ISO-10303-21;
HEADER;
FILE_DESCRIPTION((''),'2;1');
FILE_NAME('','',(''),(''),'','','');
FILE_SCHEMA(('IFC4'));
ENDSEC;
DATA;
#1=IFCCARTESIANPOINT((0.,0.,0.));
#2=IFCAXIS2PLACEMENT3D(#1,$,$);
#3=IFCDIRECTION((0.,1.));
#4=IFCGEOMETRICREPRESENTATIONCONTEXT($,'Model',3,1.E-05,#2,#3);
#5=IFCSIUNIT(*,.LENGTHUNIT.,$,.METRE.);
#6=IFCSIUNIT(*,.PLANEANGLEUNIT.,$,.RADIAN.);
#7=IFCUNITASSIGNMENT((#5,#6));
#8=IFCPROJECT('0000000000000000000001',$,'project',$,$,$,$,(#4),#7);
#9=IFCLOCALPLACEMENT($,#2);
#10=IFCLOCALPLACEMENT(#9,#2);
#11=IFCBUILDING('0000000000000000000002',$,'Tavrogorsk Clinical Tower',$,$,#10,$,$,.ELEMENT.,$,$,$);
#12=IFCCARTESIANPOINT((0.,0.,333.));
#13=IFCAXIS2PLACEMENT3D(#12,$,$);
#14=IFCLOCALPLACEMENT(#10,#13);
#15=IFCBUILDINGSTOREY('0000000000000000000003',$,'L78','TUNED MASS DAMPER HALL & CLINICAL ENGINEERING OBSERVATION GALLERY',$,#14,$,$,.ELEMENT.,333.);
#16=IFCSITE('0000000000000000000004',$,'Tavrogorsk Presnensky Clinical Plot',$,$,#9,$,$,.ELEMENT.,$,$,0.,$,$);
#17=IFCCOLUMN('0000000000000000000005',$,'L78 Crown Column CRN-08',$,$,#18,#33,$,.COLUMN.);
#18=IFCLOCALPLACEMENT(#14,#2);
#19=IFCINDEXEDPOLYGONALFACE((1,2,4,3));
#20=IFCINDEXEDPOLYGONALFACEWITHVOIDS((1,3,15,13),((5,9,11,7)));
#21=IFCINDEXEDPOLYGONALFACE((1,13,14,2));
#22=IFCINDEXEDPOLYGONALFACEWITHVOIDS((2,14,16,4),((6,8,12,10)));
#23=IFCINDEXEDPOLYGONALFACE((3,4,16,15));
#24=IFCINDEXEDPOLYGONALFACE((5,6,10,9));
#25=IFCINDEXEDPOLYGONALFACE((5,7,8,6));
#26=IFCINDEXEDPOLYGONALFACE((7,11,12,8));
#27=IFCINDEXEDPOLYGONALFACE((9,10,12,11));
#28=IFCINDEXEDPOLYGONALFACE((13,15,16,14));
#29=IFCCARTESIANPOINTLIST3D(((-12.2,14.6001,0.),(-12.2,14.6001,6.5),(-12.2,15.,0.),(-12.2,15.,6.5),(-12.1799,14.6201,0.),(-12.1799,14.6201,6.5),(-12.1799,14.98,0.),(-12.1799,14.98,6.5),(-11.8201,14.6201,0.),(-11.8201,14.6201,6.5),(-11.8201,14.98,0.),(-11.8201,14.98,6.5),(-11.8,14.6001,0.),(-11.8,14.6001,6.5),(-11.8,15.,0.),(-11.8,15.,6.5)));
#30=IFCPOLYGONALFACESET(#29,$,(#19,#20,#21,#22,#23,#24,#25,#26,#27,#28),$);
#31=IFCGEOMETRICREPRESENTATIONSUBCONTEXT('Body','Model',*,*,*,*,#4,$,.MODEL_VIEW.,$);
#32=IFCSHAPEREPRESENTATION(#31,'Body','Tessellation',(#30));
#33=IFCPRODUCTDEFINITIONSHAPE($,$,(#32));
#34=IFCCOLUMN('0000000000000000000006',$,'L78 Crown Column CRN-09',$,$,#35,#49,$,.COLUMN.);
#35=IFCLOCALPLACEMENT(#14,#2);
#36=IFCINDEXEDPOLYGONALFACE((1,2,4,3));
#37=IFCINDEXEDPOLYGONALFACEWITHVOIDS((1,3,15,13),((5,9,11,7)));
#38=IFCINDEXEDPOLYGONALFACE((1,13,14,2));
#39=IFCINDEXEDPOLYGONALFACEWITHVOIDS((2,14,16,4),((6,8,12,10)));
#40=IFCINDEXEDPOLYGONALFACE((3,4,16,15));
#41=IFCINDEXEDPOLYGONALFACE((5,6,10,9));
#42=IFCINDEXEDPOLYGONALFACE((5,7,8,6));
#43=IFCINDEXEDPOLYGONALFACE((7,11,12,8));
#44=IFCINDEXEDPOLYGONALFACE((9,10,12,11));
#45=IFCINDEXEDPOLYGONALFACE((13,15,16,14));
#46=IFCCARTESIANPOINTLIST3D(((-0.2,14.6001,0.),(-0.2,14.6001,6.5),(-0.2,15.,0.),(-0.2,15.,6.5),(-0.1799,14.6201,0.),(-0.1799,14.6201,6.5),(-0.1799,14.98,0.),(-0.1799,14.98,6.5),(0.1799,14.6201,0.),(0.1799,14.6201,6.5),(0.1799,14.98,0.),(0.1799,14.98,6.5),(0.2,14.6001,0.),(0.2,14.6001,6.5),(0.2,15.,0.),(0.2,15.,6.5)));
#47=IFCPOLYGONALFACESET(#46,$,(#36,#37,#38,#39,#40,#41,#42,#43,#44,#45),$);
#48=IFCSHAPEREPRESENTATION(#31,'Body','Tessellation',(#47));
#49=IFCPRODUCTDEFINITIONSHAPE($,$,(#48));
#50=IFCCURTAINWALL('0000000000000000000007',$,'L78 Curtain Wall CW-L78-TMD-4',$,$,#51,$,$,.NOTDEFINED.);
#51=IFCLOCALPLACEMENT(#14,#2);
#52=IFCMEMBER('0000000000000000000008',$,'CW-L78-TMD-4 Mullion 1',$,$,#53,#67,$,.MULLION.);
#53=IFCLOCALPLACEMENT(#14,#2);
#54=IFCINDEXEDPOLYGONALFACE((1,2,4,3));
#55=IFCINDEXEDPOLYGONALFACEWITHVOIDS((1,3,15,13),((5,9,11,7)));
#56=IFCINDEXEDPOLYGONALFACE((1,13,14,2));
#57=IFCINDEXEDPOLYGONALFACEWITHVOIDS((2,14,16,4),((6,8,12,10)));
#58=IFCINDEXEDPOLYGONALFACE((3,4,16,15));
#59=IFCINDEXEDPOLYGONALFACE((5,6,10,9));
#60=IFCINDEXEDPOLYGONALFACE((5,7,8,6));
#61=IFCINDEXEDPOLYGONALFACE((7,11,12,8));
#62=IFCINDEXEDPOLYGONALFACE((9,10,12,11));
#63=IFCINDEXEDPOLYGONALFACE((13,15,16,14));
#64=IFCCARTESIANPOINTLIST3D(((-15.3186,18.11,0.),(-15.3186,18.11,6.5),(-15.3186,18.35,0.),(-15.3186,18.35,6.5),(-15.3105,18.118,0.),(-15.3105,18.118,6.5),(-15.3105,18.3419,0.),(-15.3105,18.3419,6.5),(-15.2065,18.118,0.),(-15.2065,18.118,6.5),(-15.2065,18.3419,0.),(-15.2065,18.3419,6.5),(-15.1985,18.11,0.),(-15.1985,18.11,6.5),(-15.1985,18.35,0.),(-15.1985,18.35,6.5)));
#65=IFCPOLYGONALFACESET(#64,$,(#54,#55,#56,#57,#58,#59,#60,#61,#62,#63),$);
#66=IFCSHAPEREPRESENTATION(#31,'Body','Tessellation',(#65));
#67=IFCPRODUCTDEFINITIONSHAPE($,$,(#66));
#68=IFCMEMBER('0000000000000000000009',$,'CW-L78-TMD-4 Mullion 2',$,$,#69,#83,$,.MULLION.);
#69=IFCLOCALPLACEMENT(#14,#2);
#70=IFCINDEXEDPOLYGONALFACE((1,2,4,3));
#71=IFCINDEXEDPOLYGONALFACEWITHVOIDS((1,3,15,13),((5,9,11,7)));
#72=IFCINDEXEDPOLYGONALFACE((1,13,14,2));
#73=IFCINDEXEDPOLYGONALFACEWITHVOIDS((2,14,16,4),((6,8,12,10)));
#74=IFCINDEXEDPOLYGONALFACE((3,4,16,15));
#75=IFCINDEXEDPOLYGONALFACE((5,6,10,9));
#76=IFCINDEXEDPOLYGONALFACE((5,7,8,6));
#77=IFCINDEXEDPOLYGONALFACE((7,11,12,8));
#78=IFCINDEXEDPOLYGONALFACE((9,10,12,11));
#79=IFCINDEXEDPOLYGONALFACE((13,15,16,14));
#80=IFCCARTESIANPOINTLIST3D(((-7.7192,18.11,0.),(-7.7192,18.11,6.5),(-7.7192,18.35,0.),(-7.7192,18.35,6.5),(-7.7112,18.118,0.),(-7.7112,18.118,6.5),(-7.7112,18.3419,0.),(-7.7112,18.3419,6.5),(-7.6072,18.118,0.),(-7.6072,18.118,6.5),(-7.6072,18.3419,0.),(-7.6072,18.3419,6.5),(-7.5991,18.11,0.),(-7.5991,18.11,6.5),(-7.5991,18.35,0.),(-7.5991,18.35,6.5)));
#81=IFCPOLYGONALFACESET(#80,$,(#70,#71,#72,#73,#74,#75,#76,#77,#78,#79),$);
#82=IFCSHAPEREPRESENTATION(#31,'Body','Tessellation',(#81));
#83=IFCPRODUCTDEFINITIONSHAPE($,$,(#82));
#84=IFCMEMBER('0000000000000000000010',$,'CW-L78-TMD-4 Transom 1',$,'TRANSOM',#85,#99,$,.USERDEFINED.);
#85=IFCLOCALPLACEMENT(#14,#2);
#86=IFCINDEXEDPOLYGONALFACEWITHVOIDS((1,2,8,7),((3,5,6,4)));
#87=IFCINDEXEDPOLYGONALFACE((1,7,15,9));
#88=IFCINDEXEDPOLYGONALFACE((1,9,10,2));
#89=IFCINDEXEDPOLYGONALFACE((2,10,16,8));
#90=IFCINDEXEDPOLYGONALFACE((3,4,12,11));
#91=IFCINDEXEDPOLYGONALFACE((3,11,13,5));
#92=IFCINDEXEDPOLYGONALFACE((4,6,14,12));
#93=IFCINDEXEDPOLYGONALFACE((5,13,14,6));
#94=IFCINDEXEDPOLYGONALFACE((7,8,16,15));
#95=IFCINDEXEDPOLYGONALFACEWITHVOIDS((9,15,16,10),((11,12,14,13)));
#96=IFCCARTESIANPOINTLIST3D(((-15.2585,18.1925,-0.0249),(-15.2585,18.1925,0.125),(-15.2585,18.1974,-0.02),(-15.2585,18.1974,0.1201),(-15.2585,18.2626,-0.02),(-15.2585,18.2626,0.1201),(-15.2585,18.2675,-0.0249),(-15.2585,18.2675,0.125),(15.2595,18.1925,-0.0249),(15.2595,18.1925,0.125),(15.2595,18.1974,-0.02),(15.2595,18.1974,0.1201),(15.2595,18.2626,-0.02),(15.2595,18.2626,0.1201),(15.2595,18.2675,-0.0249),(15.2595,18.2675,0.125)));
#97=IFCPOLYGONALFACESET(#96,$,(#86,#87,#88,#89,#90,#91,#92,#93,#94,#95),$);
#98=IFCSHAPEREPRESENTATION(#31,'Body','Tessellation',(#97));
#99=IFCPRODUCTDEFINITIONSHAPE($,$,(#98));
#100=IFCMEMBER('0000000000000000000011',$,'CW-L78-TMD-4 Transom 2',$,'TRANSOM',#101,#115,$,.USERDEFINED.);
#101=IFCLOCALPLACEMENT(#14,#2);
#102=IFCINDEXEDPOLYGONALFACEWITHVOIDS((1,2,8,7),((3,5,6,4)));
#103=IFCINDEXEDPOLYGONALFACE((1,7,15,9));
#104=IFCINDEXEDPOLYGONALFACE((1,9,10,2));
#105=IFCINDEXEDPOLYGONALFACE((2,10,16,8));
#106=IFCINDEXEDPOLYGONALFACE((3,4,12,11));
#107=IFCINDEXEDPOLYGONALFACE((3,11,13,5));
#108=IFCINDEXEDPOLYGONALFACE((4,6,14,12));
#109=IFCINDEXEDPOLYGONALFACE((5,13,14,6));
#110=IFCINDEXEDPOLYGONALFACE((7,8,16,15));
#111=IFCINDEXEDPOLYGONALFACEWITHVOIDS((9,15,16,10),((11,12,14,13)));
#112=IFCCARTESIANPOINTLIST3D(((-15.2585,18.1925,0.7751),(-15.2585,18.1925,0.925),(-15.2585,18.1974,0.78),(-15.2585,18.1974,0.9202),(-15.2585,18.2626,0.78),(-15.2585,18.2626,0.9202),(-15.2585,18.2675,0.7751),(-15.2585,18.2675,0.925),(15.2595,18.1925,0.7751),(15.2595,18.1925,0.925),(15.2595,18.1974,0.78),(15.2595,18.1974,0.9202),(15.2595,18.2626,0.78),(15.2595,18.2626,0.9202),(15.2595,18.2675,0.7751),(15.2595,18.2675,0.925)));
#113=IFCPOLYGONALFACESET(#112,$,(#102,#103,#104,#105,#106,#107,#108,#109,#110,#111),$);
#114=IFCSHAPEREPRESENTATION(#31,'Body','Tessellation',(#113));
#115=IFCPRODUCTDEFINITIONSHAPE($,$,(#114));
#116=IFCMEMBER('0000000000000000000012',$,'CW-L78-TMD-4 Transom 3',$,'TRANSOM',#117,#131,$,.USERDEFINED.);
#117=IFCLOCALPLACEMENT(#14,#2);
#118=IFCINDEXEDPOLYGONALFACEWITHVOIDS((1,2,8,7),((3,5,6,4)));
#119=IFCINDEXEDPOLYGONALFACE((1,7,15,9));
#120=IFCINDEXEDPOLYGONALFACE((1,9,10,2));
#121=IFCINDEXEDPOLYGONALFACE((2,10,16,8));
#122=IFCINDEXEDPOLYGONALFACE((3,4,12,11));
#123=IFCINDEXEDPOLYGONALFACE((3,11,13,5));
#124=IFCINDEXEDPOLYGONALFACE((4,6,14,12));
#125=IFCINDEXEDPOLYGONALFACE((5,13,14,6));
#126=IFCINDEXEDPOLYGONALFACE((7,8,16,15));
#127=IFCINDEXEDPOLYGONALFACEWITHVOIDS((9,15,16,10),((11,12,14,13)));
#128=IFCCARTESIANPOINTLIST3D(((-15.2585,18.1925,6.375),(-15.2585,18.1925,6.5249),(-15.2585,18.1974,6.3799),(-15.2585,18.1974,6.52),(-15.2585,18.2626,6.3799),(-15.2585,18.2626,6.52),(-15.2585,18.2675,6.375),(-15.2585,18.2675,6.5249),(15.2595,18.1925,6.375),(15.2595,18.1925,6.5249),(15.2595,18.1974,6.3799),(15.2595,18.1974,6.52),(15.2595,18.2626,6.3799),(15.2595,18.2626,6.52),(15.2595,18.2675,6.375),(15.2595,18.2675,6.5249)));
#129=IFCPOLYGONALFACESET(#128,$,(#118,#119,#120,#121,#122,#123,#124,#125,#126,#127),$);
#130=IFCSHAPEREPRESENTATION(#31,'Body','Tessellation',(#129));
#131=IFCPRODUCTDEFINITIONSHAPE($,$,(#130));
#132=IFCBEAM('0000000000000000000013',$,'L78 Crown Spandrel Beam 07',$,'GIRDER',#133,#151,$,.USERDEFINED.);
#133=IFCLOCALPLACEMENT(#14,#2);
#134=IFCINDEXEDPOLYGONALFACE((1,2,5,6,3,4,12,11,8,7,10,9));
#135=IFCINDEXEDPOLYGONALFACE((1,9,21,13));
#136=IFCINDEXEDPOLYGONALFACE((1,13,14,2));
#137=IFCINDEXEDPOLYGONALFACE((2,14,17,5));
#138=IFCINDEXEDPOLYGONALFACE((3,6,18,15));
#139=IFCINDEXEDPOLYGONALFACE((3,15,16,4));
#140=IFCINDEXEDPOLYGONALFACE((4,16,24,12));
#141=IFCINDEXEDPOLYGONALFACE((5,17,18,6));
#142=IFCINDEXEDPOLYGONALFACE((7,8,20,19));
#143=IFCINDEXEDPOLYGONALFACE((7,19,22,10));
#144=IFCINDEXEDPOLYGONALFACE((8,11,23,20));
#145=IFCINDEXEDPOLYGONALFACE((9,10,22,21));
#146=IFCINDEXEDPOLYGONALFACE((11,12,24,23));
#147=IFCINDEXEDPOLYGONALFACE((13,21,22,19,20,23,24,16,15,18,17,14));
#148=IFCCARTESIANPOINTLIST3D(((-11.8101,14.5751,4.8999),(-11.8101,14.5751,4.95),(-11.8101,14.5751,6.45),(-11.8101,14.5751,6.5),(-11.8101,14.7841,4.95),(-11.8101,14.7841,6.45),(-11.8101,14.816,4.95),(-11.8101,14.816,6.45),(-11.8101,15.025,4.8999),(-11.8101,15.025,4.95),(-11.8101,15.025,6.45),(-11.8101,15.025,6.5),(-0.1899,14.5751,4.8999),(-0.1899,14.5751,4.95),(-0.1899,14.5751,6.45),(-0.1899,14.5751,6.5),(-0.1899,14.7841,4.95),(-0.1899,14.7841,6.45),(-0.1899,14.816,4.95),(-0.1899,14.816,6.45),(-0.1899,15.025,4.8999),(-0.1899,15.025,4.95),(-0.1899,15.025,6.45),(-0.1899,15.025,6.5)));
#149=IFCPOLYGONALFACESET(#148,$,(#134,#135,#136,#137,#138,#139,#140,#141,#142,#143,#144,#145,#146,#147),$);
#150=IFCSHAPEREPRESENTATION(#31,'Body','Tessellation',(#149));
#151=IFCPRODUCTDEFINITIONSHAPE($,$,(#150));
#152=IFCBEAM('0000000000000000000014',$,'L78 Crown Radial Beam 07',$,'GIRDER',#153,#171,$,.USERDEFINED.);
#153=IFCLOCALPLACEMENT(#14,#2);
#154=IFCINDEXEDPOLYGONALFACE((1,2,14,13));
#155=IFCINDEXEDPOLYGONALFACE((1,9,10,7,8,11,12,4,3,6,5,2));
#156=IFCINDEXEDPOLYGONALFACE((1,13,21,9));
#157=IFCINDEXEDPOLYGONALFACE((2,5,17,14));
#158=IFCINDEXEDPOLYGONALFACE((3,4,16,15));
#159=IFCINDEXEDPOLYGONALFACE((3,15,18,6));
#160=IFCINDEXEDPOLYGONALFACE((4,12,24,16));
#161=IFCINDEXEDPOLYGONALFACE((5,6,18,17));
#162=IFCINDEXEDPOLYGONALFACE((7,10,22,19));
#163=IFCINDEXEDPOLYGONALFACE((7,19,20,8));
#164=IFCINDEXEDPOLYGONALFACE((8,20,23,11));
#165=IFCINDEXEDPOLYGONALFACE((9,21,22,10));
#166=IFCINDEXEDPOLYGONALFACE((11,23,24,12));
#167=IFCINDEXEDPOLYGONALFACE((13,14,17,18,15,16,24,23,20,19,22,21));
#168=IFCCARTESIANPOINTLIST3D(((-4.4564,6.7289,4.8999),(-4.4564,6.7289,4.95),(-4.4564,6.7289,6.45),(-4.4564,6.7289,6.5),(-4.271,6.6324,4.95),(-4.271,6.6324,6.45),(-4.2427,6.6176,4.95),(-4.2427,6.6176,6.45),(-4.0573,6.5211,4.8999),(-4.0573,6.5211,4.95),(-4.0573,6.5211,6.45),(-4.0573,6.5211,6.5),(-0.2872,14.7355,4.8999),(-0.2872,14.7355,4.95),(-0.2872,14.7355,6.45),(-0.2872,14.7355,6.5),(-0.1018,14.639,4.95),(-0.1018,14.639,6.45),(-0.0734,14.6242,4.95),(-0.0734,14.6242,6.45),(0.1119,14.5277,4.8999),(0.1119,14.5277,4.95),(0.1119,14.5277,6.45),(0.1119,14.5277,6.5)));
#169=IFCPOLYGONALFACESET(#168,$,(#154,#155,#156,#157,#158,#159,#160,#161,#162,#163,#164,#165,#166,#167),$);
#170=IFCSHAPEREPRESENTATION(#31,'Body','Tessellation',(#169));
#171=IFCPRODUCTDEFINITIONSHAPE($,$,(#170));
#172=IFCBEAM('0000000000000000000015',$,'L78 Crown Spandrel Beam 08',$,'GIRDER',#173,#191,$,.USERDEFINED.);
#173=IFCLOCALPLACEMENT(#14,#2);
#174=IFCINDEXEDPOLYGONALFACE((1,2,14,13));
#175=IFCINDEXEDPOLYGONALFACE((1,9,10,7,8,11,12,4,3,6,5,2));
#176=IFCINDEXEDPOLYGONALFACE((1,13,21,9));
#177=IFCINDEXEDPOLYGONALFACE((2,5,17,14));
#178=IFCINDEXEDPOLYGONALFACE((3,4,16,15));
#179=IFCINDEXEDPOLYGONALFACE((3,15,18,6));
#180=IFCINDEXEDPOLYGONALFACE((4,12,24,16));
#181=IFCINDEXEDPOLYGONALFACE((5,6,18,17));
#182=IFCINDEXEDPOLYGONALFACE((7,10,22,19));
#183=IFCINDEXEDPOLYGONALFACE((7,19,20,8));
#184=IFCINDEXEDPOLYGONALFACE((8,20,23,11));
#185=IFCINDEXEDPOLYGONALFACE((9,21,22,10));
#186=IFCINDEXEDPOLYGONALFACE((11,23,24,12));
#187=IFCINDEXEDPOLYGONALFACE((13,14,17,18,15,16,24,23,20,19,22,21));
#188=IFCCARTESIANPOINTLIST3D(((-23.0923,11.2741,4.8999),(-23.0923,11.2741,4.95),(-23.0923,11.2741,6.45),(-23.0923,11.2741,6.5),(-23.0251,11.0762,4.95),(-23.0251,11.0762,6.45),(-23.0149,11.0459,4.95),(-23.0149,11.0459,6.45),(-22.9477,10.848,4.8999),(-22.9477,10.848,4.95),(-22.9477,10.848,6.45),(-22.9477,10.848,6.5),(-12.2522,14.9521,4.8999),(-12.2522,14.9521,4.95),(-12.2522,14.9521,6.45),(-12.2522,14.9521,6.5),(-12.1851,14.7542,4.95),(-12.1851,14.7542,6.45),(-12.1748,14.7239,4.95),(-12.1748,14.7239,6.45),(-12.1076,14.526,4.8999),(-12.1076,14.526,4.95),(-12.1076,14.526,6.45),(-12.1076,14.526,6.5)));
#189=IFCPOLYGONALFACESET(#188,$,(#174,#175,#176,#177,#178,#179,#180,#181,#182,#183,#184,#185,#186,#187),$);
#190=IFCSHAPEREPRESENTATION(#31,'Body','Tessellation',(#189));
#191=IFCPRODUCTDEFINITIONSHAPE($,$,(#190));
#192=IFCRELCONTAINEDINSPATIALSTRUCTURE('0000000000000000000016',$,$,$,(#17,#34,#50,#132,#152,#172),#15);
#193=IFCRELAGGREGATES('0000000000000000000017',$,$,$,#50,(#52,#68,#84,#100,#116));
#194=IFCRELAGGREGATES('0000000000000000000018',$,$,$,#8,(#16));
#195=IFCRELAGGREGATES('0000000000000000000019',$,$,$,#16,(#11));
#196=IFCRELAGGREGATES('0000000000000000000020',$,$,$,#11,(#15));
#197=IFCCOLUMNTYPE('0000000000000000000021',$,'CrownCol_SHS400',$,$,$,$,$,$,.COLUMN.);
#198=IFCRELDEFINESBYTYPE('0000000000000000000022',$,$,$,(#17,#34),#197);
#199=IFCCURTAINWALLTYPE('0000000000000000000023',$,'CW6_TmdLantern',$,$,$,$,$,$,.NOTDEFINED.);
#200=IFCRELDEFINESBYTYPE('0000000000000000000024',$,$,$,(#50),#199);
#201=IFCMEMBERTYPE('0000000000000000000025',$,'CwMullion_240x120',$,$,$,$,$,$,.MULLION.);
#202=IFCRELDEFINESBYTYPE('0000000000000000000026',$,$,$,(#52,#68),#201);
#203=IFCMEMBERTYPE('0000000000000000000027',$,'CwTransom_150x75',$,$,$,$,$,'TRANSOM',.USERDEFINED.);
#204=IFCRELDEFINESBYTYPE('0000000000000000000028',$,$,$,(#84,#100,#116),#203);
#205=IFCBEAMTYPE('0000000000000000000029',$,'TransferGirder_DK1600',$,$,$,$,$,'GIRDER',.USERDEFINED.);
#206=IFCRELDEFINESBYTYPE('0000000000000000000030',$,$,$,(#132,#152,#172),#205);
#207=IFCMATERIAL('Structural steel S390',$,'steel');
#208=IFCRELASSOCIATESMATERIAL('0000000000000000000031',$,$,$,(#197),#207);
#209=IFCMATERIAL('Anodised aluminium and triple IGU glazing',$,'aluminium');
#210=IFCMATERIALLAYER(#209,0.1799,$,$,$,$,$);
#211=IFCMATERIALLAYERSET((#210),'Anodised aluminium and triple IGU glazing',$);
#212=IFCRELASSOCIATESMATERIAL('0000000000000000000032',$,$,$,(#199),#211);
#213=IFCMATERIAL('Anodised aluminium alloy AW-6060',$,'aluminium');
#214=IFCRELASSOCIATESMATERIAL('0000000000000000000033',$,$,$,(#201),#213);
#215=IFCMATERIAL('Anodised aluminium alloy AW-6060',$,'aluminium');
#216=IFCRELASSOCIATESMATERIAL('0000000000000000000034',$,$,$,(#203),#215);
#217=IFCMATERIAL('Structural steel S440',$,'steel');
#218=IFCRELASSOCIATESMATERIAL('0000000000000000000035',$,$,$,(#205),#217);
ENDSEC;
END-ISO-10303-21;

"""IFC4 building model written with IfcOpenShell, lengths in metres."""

from ifc_helpers import new_model, si_unit, direction, frame, origin, origin_2d, place, context, subcontext, project, spatial, hollow_rectangle, i_section, extrude, material, layer, layer_set, material_profile, profile_set, type_object, element, aggregate, save


model = new_model("IFC4")

# Units and contexts
model_context = context("Model", 3, precision=1e-05, world=origin(), true_north=direction((0.0, 1.0)))
body_context = subcontext(model_context, "Body", "Model", "MODEL_VIEW")
ifc_project = project(units=[si_unit("LENGTHUNIT", "METRE"), si_unit("PLANEANGLEUNIT", "RADIAN")], contexts=[model_context])

# Site, building, storey
site_placement = place(None, origin())
site = spatial("IfcSite", under=ifc_project, at=site_placement, Name="Tavrogorsk Presnensky Clinical Plot", CompositionType="ELEMENT", RefElevation=0.0)
building_placement = place(site_placement, origin())
building = spatial("IfcBuilding", under=site, at=building_placement, Name="Tavrogorsk Clinical Tower", CompositionType="ELEMENT")
storey_placement = place(building_placement, frame((0.0, 0.0, 333.0)))
storey = spatial("IfcBuildingStorey", under=building, at=storey_placement, Name="L78", Description="TUNED MASS DAMPER HALL & CLINICAL ENGINEERING OBSERVATION GALLERY", CompositionType="ELEMENT", Elevation=333.0)

# Columns
ifc_material_1 = material(Name="Structural steel S390", Category="steel")
ifc_material_profile_1 = material_profile(ifc_material_1, hollow_rectangle(XDim=0.3999, YDim=0.3999, WallThickness=0.02, at=origin_2d()), Name="SHS-400x400x20")
ifc_profile_set_1 = profile_set([ifc_material_profile_1], Name="Structural steel S390")
column_type = type_object("IfcColumnType", Name="CrownCol_SHS400", PredefinedType="COLUMN", material=ifc_profile_set_1)
for number, where, z_axis, x_axis, name in (
    (1, (-12.0, 14.8, 0.0), (0.0, 0.0, 1.0), (1.0, 0.0, 0.0), "L78 Crown Column CRN-08"),
    (2, (0.0, 14.8, 0.0), (0.0, 0.0, 1.0), (1.0, 0.0, 0.0), "L78 Crown Column CRN-09"),
):
    element("IfcColumn", number, at=place(storey_placement, frame(where, z_axis=z_axis, x_axis=x_axis)), inside=storey, type_object=column_type, Name=name, PredefinedType="COLUMN", context=body_context, shape_type="SweptSolid", body=[
        extrude(hollow_rectangle(XDim=0.3999, YDim=0.3999, WallThickness=0.02, at=origin_2d()), origin(), (0.0, 0.0, 1.0), 6.5),
    ])

# Curtain wall, members
ifc_material_2 = material(Name="Anodised aluminium and triple IGU glazing", Category="aluminium")
ifc_layer_1 = layer(ifc_material_2, 0.1799)
ifc_layer_set_1 = layer_set([ifc_layer_1], Name="Anodised aluminium and triple IGU glazing")
curtain_wall_type = type_object("IfcCurtainWallType", Name="CW6_TmdLantern", PredefinedType="NOTDEFINED", material=ifc_layer_set_1)
curtain_wall_placement = place(storey_placement, origin())
curtain_wall = element("IfcCurtainWall", 3, at=curtain_wall_placement, inside=storey, type_object=curtain_wall_type, Name="L78 Curtain Wall CW-L78-TMD-4", PredefinedType="NOTDEFINED")
ifc_material_3 = material(Name="Anodised aluminium alloy AW-6060", Category="aluminium")
ifc_material_profile_2 = material_profile(ifc_material_3, hollow_rectangle(XDim=0.1201, YDim=0.24, WallThickness=0.0081, at=origin_2d()), Name="RHS-240x120x8")
ifc_profile_set_2 = profile_set([ifc_material_profile_2], Name="Anodised aluminium alloy AW-6060")
member_type_1 = type_object("IfcMemberType", Name="CwMullion_240x120", PredefinedType="MULLION", material=ifc_profile_set_2)
member_1_placement = place(storey_placement, frame((-15.2585, 18.23, 0.0), z_axis=(0.0, 0.0, 1.0), x_axis=(1.0, 0.0, 0.0)))
member_1 = element("IfcMember", 4, at=member_1_placement, type_object=member_type_1, Name="CW-L78-TMD-4 Mullion 1", PredefinedType="MULLION", context=body_context, shape_type="SweptSolid", body=[
    extrude(hollow_rectangle(XDim=0.1201, YDim=0.24, WallThickness=0.0081, at=origin_2d()), origin(), (0.0, 0.0, 1.0), 6.5),
])
member_2_placement = place(storey_placement, frame((-7.6592, 18.23, 0.0), z_axis=(0.0, 0.0, 1.0), x_axis=(1.0, 0.0, 0.0)))
member_2 = element("IfcMember", 5, at=member_2_placement, type_object=member_type_1, Name="CW-L78-TMD-4 Mullion 2", PredefinedType="MULLION", context=body_context, shape_type="SweptSolid", body=[
    extrude(hollow_rectangle(XDim=0.1201, YDim=0.24, WallThickness=0.0081, at=origin_2d()), origin(), (0.0, 0.0, 1.0), 6.5),
])
ifc_material_4 = material(Name="Anodised aluminium alloy AW-6060", Category="aluminium")
ifc_material_profile_3 = material_profile(ifc_material_4, hollow_rectangle(XDim=0.075, YDim=0.1499, WallThickness=0.0049, at=origin_2d()), Name="RHS-150x75x5")
ifc_profile_set_3 = profile_set([ifc_material_profile_3], Name="Anodised aluminium alloy AW-6060")
member_type_2 = type_object("IfcMemberType", Name="CwTransom_150x75", ElementType="TRANSOM", PredefinedType="USERDEFINED", material=ifc_profile_set_3)
member_3_placement = place(storey_placement, frame((-15.2585, 18.23, 0.05), z_axis=(1.0, 0.0, 0.0), x_axis=(0.0, 1.0, 0.0)))
member_3 = element("IfcMember", 6, at=member_3_placement, type_object=member_type_2, Name="CW-L78-TMD-4 Transom 1", ObjectType="TRANSOM", PredefinedType="USERDEFINED", context=body_context, shape_type="SweptSolid", body=[
    extrude(hollow_rectangle(XDim=0.075, YDim=0.1499, WallThickness=0.0049, at=origin_2d()), origin(), (0.0, 0.0, 1.0), 30.5181),
])
member_4_placement = place(storey_placement, frame((-15.2585, 18.23, 0.8501), z_axis=(1.0, 0.0, 0.0), x_axis=(0.0, 1.0, 0.0)))
member_4 = element("IfcMember", 7, at=member_4_placement, type_object=member_type_2, Name="CW-L78-TMD-4 Transom 2", ObjectType="TRANSOM", PredefinedType="USERDEFINED", context=body_context, shape_type="SweptSolid", body=[
    extrude(hollow_rectangle(XDim=0.075, YDim=0.1499, WallThickness=0.0049, at=origin_2d()), origin(), (0.0, 0.0, 1.0), 30.5181),
])
member_5_placement = place(storey_placement, frame((-15.2585, 18.23, 6.45), z_axis=(1.0, 0.0, 0.0), x_axis=(0.0, 1.0, 0.0)))
member_5 = element("IfcMember", 8, at=member_5_placement, type_object=member_type_2, Name="CW-L78-TMD-4 Transom 3", ObjectType="TRANSOM", PredefinedType="USERDEFINED", context=body_context, shape_type="SweptSolid", body=[
    extrude(hollow_rectangle(XDim=0.075, YDim=0.1499, WallThickness=0.0049, at=origin_2d()), origin(), (0.0, 0.0, 1.0), 30.5181),
])

# Beams
ifc_material_5 = material(Name="Structural steel S440", Category="steel")
ifc_material_profile_4 = material_profile(ifc_material_5, i_section(OverallWidth=0.45, OverallDepth=1.6001, WebThickness=0.032, FlangeThickness=0.05, at=origin_2d()), Name="DK-1600x450x32x50")
ifc_profile_set_4 = profile_set([ifc_material_profile_4], Name="Structural steel S440")
beam_type = type_object("IfcBeamType", Name="TransferGirder_DK1600", ElementType="GIRDER", PredefinedType="USERDEFINED", material=ifc_profile_set_4)
beam_1_placement = place(storey_placement, frame((-0.1899, 14.8, 5.7), z_axis=(-1.0, 0.0, 0.0), x_axis=(0.0, -1.0, 0.0)))
element("IfcBeam", 9, at=beam_1_placement, inside=storey, type_object=beam_type, Name="L78 Crown Spandrel Beam 07", ObjectType="GIRDER", PredefinedType="USERDEFINED", context=body_context, shape_type="SweptSolid", body=[
    extrude(i_section(OverallWidth=0.45, OverallDepth=1.6001, WebThickness=0.032, FlangeThickness=0.05, at=origin_2d()), origin(), (0.0, 0.0, 1.0), 11.6201),
])
beam_2_placement = place(storey_placement, frame((-4.2568, 6.625, 5.7), z_axis=(0.461855, 0.886955, 0.0), x_axis=(-0.886955, 0.461855, 0.0)))
element("IfcBeam", 10, at=beam_2_placement, inside=storey, type_object=beam_type, Name="L78 Crown Radial Beam 07", ObjectType="GIRDER", PredefinedType="USERDEFINED", context=body_context, shape_type="SweptSolid", body=[
    extrude(i_section(OverallWidth=0.45, OverallDepth=1.6001, WebThickness=0.032, FlangeThickness=0.05, at=origin_2d()), origin(), (0.0, 0.0, 1.0), 9.0271),
])
beam_3_placement = place(storey_placement, frame((-12.1799, 14.739, 5.7), z_axis=(-0.946976, -0.321304, 0.0), x_axis=(0.321304, -0.946976, 0.0)))
element("IfcBeam", 11, at=beam_3_placement, inside=storey, type_object=beam_type, Name="L78 Crown Spandrel Beam 08", ObjectType="GIRDER", PredefinedType="USERDEFINED", context=body_context, shape_type="SweptSolid", body=[
    extrude(i_section(OverallWidth=0.45, OverallDepth=1.6001, WebThickness=0.032, FlangeThickness=0.05, at=origin_2d()), origin(), (0.0, 0.0, 1.0), 11.447),
])

aggregate(curtain_wall, [member_1, member_2, member_3, member_4, member_5])

save(model, "model.ifc")
